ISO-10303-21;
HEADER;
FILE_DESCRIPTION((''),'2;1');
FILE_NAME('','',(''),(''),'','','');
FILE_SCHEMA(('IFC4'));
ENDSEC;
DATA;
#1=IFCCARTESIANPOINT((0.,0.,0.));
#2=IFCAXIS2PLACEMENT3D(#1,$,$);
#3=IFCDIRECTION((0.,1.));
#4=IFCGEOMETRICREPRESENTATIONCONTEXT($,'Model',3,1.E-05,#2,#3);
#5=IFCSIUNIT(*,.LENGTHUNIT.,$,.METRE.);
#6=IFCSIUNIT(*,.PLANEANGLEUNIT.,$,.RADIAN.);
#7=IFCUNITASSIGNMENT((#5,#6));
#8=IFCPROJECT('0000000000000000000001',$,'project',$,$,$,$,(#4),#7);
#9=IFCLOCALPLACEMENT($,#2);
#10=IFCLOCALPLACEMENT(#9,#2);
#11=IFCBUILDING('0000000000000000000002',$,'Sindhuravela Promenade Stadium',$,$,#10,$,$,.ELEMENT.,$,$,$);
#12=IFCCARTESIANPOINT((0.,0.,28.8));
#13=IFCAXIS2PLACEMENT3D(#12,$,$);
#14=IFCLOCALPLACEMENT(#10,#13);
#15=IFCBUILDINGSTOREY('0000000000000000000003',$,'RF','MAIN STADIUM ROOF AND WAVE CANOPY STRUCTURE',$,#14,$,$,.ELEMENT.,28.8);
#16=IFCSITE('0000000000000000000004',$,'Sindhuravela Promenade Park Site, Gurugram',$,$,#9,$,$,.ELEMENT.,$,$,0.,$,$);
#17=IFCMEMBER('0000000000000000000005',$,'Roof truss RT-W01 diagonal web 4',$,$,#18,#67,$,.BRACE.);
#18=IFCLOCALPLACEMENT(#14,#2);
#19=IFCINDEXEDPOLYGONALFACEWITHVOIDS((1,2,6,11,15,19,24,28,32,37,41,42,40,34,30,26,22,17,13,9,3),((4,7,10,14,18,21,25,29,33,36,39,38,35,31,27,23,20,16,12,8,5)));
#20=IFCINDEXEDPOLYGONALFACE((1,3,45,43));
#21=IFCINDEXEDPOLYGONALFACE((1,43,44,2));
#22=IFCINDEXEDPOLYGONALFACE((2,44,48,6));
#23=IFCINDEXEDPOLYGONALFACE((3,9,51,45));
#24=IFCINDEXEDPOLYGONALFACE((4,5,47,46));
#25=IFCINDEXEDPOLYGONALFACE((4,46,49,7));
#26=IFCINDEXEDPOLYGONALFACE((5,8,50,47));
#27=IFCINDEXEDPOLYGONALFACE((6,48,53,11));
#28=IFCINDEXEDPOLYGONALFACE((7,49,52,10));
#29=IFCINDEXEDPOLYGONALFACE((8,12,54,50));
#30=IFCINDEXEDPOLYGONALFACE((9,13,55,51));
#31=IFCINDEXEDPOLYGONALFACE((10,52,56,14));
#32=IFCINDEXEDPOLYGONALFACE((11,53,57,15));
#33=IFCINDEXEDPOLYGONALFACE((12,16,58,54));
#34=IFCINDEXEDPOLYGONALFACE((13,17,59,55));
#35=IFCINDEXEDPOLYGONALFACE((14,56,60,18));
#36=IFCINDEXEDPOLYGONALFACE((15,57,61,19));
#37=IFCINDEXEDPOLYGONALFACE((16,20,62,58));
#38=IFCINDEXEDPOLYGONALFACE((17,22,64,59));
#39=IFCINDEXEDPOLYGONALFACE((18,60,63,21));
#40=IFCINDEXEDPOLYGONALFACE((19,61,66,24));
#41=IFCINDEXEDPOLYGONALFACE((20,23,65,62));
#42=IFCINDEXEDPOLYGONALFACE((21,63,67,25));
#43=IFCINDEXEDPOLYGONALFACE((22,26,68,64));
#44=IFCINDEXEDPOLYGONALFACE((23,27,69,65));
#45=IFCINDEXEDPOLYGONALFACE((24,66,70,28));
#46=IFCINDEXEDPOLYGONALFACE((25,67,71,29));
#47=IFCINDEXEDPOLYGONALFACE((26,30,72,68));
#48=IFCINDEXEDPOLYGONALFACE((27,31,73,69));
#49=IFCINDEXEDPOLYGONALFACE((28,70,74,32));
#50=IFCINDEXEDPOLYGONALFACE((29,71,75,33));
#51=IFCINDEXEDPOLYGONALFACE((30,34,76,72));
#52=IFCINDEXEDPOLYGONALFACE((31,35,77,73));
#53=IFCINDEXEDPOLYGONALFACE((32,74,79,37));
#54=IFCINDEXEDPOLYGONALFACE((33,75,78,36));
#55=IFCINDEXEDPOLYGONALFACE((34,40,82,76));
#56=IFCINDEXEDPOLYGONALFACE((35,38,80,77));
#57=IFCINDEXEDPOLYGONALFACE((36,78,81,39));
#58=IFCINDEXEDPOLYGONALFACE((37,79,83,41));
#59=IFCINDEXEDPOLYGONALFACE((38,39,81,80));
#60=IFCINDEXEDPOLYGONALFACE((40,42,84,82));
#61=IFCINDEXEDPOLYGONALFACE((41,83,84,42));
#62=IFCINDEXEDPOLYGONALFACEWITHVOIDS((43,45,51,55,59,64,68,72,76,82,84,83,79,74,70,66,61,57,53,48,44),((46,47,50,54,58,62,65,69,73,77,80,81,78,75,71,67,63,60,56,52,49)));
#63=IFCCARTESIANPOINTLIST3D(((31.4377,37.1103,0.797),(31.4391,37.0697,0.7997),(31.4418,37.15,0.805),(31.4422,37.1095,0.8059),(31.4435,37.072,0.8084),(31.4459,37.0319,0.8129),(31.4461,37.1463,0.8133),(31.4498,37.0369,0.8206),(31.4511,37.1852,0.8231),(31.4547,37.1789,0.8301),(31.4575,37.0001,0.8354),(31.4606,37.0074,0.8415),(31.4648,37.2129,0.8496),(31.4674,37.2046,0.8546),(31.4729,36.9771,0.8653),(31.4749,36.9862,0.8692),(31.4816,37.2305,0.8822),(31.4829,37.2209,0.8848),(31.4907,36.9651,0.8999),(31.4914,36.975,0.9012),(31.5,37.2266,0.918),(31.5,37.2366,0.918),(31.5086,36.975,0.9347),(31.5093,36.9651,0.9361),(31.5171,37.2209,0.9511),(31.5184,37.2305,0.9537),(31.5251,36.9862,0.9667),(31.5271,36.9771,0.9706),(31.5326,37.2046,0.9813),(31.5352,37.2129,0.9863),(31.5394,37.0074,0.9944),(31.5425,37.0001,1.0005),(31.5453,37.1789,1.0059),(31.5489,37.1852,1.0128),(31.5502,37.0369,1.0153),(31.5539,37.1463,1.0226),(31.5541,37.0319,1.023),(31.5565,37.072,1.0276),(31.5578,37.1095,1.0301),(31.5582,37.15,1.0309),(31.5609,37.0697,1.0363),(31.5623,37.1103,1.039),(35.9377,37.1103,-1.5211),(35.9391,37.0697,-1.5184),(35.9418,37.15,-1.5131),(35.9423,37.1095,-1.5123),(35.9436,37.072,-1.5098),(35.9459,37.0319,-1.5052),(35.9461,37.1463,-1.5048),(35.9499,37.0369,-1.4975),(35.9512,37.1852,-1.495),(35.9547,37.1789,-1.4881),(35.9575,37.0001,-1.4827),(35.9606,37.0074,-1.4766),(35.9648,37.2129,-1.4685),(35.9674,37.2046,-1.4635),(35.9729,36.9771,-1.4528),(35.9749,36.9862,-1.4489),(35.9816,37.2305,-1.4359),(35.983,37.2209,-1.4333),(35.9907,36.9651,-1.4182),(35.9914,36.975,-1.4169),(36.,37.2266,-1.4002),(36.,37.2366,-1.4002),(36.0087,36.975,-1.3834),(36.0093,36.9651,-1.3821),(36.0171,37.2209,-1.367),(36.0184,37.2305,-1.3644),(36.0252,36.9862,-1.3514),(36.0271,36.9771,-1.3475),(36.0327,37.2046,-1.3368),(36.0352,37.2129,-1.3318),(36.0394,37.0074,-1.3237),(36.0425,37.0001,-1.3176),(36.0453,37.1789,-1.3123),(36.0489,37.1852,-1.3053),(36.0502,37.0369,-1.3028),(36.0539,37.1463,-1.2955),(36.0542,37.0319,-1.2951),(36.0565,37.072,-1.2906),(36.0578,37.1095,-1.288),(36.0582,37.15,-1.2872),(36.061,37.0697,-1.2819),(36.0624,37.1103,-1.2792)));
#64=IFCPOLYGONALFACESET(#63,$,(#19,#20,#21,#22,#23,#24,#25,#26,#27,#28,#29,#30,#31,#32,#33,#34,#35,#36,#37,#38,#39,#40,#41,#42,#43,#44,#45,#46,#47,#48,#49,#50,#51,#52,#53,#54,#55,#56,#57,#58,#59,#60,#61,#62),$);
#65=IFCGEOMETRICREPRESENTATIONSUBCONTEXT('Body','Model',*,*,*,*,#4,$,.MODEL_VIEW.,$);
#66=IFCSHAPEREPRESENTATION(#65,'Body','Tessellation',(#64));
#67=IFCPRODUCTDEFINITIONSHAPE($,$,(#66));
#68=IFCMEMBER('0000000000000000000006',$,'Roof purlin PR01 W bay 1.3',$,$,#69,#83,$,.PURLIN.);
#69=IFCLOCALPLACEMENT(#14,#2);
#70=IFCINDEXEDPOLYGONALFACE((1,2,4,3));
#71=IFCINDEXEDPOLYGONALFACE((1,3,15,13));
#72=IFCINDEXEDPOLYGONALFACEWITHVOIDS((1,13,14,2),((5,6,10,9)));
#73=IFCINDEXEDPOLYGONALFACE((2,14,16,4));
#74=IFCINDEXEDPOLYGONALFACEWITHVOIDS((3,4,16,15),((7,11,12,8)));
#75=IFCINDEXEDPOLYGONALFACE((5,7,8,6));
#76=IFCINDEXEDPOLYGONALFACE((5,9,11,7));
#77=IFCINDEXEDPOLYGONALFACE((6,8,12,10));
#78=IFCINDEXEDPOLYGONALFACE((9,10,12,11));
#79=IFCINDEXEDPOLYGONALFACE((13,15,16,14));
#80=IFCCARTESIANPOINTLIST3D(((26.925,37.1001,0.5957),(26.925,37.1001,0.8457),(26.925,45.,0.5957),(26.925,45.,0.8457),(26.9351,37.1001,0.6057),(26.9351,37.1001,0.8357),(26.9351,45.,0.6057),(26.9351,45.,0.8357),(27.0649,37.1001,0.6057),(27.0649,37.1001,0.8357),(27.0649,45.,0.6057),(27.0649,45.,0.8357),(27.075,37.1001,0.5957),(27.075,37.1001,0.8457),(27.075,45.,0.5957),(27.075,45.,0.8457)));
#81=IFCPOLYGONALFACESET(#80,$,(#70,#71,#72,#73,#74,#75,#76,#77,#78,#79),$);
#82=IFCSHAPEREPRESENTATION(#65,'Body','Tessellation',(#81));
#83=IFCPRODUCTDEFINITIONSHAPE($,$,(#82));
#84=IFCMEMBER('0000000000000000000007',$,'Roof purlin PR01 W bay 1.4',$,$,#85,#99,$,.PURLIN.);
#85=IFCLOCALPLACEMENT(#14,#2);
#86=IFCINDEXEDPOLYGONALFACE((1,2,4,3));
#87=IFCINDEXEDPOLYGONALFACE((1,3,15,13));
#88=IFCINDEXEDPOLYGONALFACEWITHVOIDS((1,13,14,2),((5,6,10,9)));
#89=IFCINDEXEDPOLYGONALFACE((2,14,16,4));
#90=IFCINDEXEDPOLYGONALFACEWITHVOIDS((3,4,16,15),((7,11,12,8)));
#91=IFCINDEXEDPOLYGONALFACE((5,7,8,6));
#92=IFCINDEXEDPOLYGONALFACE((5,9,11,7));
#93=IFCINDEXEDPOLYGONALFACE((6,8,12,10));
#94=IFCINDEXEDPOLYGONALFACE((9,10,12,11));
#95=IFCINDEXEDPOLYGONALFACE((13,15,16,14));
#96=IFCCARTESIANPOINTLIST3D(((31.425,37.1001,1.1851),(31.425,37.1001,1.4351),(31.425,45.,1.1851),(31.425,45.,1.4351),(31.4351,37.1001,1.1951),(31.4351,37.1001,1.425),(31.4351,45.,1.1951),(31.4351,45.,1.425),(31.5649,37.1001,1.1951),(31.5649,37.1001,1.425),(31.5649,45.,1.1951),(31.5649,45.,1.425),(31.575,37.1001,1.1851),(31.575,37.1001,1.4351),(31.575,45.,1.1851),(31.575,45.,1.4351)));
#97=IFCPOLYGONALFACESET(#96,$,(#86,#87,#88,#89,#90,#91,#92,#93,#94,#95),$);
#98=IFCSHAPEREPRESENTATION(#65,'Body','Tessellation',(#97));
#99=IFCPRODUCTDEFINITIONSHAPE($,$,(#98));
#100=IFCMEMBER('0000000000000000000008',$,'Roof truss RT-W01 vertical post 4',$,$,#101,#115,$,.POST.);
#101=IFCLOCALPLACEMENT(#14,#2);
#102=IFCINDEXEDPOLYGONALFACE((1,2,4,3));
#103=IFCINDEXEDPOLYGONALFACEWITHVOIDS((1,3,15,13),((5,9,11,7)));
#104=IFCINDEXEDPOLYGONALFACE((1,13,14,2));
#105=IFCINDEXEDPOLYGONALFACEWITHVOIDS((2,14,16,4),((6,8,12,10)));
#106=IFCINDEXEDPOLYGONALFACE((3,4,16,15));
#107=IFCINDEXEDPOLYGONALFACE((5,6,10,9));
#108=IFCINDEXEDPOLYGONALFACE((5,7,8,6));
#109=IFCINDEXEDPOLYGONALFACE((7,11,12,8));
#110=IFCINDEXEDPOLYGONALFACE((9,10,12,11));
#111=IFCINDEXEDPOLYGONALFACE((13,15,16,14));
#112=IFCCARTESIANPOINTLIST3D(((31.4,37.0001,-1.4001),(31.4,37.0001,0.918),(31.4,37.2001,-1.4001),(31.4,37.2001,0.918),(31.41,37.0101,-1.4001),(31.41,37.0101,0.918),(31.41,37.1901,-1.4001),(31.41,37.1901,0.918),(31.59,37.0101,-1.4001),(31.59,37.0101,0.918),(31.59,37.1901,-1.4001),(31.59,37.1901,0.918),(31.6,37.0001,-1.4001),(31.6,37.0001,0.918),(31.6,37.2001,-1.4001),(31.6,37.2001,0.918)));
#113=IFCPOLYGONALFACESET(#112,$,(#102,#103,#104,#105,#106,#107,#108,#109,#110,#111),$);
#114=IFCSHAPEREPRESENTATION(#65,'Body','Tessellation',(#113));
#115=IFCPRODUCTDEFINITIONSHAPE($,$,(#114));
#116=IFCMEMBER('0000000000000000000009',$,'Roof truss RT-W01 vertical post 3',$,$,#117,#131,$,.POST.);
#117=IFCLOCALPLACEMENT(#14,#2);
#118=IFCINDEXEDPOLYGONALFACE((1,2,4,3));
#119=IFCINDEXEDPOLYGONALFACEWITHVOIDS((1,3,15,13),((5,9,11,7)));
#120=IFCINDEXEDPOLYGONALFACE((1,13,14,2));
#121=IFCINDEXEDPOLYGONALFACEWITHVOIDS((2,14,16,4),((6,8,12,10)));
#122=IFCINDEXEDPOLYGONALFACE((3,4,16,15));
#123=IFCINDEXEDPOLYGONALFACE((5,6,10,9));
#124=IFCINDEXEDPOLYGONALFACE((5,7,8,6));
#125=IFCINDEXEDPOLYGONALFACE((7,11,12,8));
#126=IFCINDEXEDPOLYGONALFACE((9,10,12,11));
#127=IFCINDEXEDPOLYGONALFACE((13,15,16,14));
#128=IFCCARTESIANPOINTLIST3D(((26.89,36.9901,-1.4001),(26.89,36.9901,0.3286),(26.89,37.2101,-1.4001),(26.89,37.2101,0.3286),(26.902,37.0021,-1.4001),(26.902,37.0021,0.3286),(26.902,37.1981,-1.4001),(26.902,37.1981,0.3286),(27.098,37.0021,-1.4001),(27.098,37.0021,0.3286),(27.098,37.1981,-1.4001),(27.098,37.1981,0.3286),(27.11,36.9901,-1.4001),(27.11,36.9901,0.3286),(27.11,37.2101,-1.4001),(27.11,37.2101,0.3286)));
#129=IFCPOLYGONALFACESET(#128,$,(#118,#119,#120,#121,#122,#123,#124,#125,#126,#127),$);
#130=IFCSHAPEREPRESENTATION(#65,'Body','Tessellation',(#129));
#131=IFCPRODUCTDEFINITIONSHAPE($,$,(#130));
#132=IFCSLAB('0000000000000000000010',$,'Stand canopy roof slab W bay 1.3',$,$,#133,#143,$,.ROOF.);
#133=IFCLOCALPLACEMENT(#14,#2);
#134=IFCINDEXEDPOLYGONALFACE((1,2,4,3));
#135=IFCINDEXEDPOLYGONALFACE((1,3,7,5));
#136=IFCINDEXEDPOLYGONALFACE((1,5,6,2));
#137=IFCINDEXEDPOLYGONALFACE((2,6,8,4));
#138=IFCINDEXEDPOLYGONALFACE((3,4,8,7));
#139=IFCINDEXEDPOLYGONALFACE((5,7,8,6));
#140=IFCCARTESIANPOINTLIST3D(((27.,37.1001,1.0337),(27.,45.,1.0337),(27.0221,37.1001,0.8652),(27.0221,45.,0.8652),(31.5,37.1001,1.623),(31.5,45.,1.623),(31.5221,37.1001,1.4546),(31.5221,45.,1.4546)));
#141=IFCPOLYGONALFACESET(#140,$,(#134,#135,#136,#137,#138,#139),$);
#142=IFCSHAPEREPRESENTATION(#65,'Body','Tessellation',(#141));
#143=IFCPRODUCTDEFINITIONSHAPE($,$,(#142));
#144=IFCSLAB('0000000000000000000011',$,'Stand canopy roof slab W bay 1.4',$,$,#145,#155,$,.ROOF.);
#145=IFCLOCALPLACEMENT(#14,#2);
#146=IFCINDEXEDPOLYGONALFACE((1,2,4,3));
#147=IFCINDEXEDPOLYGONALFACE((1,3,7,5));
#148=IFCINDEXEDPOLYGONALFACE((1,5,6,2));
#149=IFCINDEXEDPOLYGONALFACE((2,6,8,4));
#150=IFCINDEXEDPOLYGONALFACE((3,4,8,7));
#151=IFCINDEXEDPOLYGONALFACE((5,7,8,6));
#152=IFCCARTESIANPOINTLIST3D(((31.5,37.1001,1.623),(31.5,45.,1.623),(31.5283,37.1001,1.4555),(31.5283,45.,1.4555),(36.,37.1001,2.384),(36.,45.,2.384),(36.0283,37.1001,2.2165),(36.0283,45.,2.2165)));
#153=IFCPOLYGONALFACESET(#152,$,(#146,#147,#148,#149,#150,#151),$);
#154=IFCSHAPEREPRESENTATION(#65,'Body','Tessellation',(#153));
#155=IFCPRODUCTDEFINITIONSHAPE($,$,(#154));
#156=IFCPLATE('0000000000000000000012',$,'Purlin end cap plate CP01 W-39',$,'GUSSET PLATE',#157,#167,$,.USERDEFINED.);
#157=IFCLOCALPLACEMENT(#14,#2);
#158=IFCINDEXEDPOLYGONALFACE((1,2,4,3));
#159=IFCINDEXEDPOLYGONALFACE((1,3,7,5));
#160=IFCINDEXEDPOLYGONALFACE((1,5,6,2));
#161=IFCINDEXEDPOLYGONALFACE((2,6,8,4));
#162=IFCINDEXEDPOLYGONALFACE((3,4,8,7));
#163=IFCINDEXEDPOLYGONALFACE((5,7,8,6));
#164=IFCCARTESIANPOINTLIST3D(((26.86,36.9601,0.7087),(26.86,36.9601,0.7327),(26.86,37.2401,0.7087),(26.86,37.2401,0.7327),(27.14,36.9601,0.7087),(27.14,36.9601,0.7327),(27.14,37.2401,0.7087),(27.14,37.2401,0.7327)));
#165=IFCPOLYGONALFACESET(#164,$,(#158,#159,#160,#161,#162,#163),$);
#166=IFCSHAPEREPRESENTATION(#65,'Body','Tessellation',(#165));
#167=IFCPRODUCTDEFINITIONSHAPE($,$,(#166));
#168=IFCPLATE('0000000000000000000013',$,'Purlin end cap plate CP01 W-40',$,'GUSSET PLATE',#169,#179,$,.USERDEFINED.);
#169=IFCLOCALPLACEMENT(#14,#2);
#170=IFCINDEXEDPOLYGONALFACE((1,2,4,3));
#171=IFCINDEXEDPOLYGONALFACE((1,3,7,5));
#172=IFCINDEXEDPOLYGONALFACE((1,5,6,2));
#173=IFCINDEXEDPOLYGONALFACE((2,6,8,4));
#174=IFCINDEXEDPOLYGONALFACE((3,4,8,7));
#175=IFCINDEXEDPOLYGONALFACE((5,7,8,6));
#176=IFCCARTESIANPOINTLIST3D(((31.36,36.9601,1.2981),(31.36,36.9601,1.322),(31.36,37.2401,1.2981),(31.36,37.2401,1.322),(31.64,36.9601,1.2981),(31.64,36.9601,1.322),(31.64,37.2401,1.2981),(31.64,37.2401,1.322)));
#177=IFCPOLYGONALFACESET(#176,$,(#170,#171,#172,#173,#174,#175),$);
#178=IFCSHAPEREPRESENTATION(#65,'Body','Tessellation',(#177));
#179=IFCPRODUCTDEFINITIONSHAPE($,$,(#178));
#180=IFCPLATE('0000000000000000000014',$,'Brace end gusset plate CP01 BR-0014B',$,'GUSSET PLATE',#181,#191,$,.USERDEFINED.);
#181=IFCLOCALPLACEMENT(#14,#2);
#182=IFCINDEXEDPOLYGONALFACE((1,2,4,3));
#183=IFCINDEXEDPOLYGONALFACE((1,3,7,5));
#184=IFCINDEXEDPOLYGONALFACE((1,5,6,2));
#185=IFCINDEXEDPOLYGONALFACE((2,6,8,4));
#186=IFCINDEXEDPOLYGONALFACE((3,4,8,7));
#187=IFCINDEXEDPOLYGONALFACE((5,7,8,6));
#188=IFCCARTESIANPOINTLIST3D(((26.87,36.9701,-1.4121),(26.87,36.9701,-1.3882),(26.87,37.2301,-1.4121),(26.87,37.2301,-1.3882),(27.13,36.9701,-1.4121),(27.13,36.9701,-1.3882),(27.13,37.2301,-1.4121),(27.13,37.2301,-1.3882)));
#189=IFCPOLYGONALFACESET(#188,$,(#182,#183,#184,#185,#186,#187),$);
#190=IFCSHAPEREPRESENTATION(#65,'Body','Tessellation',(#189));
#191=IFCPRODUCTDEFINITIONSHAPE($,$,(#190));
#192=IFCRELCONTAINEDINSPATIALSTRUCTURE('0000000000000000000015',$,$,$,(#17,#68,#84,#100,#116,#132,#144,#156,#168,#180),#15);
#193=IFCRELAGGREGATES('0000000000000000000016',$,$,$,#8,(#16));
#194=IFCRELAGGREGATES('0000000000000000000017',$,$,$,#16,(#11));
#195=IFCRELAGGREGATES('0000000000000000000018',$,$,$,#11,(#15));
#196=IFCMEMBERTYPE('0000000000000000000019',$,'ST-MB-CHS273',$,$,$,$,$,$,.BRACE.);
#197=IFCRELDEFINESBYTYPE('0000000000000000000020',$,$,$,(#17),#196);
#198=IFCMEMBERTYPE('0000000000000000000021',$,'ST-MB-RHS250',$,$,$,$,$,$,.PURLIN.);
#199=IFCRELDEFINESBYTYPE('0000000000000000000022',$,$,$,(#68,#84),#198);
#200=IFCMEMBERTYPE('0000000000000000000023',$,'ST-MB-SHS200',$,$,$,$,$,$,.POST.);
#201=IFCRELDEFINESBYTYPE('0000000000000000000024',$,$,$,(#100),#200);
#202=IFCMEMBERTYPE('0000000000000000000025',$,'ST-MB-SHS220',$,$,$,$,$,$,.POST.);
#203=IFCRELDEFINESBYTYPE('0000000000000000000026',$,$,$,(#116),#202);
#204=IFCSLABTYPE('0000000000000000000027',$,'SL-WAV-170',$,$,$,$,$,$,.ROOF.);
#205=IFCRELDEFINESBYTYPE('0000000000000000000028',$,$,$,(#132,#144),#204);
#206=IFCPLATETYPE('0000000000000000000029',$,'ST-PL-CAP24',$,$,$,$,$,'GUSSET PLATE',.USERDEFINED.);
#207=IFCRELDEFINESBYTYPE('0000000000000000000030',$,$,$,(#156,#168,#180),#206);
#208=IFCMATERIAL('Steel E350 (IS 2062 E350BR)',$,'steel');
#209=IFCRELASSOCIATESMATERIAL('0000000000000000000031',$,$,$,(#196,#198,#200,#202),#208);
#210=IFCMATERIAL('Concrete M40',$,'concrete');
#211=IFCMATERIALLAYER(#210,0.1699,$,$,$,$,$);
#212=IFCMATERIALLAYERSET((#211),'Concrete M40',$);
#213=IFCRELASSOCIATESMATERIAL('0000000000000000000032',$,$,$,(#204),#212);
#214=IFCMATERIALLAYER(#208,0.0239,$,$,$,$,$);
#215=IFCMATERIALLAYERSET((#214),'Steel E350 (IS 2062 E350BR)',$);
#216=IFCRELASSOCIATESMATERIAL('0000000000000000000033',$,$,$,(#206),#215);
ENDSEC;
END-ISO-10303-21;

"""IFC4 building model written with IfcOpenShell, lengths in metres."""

from ifc_helpers import new_model, si_unit, direction, frame, origin, origin_2d, place, context, subcontext, project, spatial, polyline, rectangle, hollow_rectangle, hollow_circle, outline, extrude, material, layer, layer_set, material_profile, profile_set, type_object, element, save


model = new_model("IFC4")

# Units and contexts
model_context = context("Model", 3, precision=1e-05, world=origin(), true_north=direction((0.0, 1.0)))
body_context = subcontext(model_context, "Body", "Model", "MODEL_VIEW")
ifc_project = project(units=[si_unit("LENGTHUNIT", "METRE"), si_unit("PLANEANGLEUNIT", "RADIAN")], contexts=[model_context])

# Site, building, storey
site_placement = place(None, origin())
site = spatial("IfcSite", under=ifc_project, at=site_placement, Name="Sindhuravela Promenade Park Site, Gurugram", CompositionType="ELEMENT", RefElevation=0.0)
building_placement = place(site_placement, origin())
building = spatial("IfcBuilding", under=site, at=building_placement, Name="Sindhuravela Promenade Stadium", CompositionType="ELEMENT")
storey_placement = place(building_placement, frame((0.0, 0.0, 28.8)))
storey = spatial("IfcBuildingStorey", under=building, at=storey_placement, Name="RF", Description="MAIN STADIUM ROOF AND WAVE CANOPY STRUCTURE", CompositionType="ELEMENT", Elevation=28.8)

# Shared definitions
ifc_material_1 = material(Name="Concrete M40", Category="concrete")
ifc_material_2 = material(Name="Steel E350 (IS 2062 E350BR)", Category="steel")

# Members
ifc_material_profile_1 = material_profile(ifc_material_2, hollow_circle(Radius=0.1365, WallThickness=0.01, at=origin_2d()), Name="CHS 273.0x10")
ifc_profile_set_1 = profile_set([ifc_material_profile_1], Name="Steel E350 (IS 2062 E350BR)")
member_type_1 = type_object("IfcMemberType", Name="ST-MB-CHS273", PredefinedType="BRACE", material=ifc_profile_set_1)
for number, where, z_axis, x_axis, name in (
    (1, (31.5, 37.1001, 0.918), (0.88898, 0.0, -0.457946), (0.0, 1.0, 0.0), "Roof truss RT-W01 diagonal web 4"),
):
    element("IfcMember", number, at=place(storey_placement, frame(where, z_axis=z_axis, x_axis=x_axis)), inside=storey, type_object=member_type_1, Name=name, PredefinedType="BRACE", context=body_context, shape_type="SweptSolid", body=[
        extrude(hollow_circle(Radius=0.1365, WallThickness=0.01, at=origin_2d()), origin(), (0.0, 0.0, 1.0), 5.062),
    ])
ifc_material_profile_2 = material_profile(ifc_material_2, hollow_rectangle(XDim=0.1499, YDim=0.25, WallThickness=0.01, at=origin_2d()), Name="RHS 250x150x10")
ifc_profile_set_2 = profile_set([ifc_material_profile_2], Name="Steel E350 (IS 2062 E350BR)")
member_type_2 = type_object("IfcMemberType", Name="ST-MB-RHS250", PredefinedType="PURLIN", material=ifc_profile_set_2)
for number, where, z_axis, x_axis, name in (
    (2, (27.0, 37.1001, 0.7207), (0.0, 1.0, 0.0), (-1.0, 0.0, 0.0), "Roof purlin PR01 W bay 1.3"),
    (3, (31.5, 37.1001, 1.3101), (0.0, 1.0, 0.0), (-1.0, 0.0, 0.0), "Roof purlin PR01 W bay 1.4"),
):
    element("IfcMember", number, at=place(storey_placement, frame(where, z_axis=z_axis, x_axis=x_axis)), inside=storey, type_object=member_type_2, Name=name, PredefinedType="PURLIN", context=body_context, shape_type="SweptSolid", body=[
        extrude(hollow_rectangle(XDim=0.1499, YDim=0.25, WallThickness=0.01, at=origin_2d()), origin(), (0.0, 0.0, 1.0), 7.8999),
    ])
ifc_material_profile_3 = material_profile(ifc_material_2, hollow_rectangle(XDim=0.2, YDim=0.2, WallThickness=0.01, at=origin_2d()), Name="SHS 200x200x10")
ifc_profile_set_3 = profile_set([ifc_material_profile_3], Name="Steel E350 (IS 2062 E350BR)")
member_type_3 = type_object("IfcMemberType", Name="ST-MB-SHS200", PredefinedType="POST", material=ifc_profile_set_3)
member_1_placement = place(storey_placement, frame((31.5, 37.1001, -1.4001), z_axis=(0.0, 0.0, 1.0), x_axis=(1.0, 0.0, 0.0)))
element("IfcMember", 4, at=member_1_placement, inside=storey, type_object=member_type_3, Name="Roof truss RT-W01 vertical post 4", PredefinedType="POST", context=body_context, shape_type="SweptSolid", body=[
    extrude(hollow_rectangle(XDim=0.2, YDim=0.2, WallThickness=0.01, at=origin_2d()), origin(), (0.0, 0.0, 1.0), 2.3181),
])
ifc_material_profile_4 = material_profile(ifc_material_2, hollow_rectangle(XDim=0.22, YDim=0.22, WallThickness=0.012, at=origin_2d()), Name="SHS 220x220x12")
ifc_profile_set_4 = profile_set([ifc_material_profile_4], Name="Steel E350 (IS 2062 E350BR)")
member_type_4 = type_object("IfcMemberType", Name="ST-MB-SHS220", PredefinedType="POST", material=ifc_profile_set_4)
member_2_placement = place(storey_placement, frame((27.0, 37.1001, -1.4001), z_axis=(0.0, 0.0, 1.0), x_axis=(1.0, 0.0, 0.0)))
element("IfcMember", 5, at=member_2_placement, inside=storey, type_object=member_type_4, Name="Roof truss RT-W01 vertical post 3", PredefinedType="POST", context=body_context, shape_type="SweptSolid", body=[
    extrude(hollow_rectangle(XDim=0.22, YDim=0.22, WallThickness=0.012, at=origin_2d()), origin(), (0.0, 0.0, 1.0), 1.7288),
])

# Slabs
ifc_layer_1 = layer(ifc_material_1, 0.1699)
ifc_layer_set_1 = layer_set([ifc_layer_1], Name="Concrete M40")
slab_type = type_object("IfcSlabType", Name="SL-WAV-170", PredefinedType="ROOF", material=ifc_layer_set_1)
slab_1_placement = place(storey_placement, frame((27.0, 37.1001, 1.0337), z_axis=(-0.129859, 0.0, 0.991532), x_axis=(0.0, 1.0, 0.0)))
element("IfcSlab", 6, at=slab_1_placement, inside=storey, type_object=slab_type, Name="Stand canopy roof slab W bay 1.3", PredefinedType="ROOF", context=body_context, shape_type="SweptSolid", body=[
    extrude(outline(polyline([(0.0, 0.0), (0.0, -4.5384), (7.8999, -4.5384), (7.8999, 0.0), (0.0, 0.0)])), origin(), (0.0, 0.0, -1.0), 0.1699),
])
slab_2_placement = place(storey_placement, frame((31.5, 37.1001, 1.623), z_axis=(-0.166741, 0.0, 0.986001), x_axis=(0.0, 1.0, 0.0)))
element("IfcSlab", 7, at=slab_2_placement, inside=storey, type_object=slab_type, Name="Stand canopy roof slab W bay 1.4", PredefinedType="ROOF", context=body_context, shape_type="SweptSolid", body=[
    extrude(outline(polyline([(0.0, 0.0), (0.0, -4.5639), (7.8999, -4.5639), (7.8999, 0.0), (0.0, 0.0)])), origin(), (0.0, 0.0, -1.0), 0.1699),
])

# Plates
ifc_layer_2 = layer(ifc_material_2, 0.0239)
ifc_layer_set_2 = layer_set([ifc_layer_2], Name="Steel E350 (IS 2062 E350BR)")
plate_type = type_object("IfcPlateType", Name="ST-PL-CAP24", ElementType="GUSSET PLATE", PredefinedType="USERDEFINED", material=ifc_layer_set_2)
for number, where, z_axis, x_axis, name in (
    (8, (27.0, 37.1001, 0.7087), (0.0, 0.0, 1.0), (1.0, 0.0, 0.0), "Purlin end cap plate CP01 W-39"),
    (9, (31.5, 37.1001, 1.2981), (0.0, 0.0, 1.0), (1.0, 0.0, 0.0), "Purlin end cap plate CP01 W-40"),
):
    element("IfcPlate", number, at=place(storey_placement, frame(where, z_axis=z_axis, x_axis=x_axis)), inside=storey, type_object=plate_type, Name=name, ObjectType="GUSSET PLATE", PredefinedType="USERDEFINED", context=body_context, shape_type="SweptSolid", body=[
        extrude(rectangle(XDim=0.28, YDim=0.28, at=origin_2d()), origin(), (0.0, 0.0, 1.0), 0.0239),
    ])
for number, where, z_axis, x_axis, name in (
    (10, (27.0, 37.1001, -1.4121), (0.0, 0.0, 1.0), (1.0, 0.0, 0.0), "Brace end gusset plate CP01 BR-0014B"),
):
    element("IfcPlate", number, at=place(storey_placement, frame(where, z_axis=z_axis, x_axis=x_axis)), inside=storey, type_object=plate_type, Name=name, ObjectType="GUSSET PLATE", PredefinedType="USERDEFINED", context=body_context, shape_type="SweptSolid", body=[
        extrude(rectangle(XDim=0.26, YDim=0.26, at=origin_2d()), origin(), (0.0, 0.0, 1.0), 0.0239),
    ])

save(model, "model.ifc")
